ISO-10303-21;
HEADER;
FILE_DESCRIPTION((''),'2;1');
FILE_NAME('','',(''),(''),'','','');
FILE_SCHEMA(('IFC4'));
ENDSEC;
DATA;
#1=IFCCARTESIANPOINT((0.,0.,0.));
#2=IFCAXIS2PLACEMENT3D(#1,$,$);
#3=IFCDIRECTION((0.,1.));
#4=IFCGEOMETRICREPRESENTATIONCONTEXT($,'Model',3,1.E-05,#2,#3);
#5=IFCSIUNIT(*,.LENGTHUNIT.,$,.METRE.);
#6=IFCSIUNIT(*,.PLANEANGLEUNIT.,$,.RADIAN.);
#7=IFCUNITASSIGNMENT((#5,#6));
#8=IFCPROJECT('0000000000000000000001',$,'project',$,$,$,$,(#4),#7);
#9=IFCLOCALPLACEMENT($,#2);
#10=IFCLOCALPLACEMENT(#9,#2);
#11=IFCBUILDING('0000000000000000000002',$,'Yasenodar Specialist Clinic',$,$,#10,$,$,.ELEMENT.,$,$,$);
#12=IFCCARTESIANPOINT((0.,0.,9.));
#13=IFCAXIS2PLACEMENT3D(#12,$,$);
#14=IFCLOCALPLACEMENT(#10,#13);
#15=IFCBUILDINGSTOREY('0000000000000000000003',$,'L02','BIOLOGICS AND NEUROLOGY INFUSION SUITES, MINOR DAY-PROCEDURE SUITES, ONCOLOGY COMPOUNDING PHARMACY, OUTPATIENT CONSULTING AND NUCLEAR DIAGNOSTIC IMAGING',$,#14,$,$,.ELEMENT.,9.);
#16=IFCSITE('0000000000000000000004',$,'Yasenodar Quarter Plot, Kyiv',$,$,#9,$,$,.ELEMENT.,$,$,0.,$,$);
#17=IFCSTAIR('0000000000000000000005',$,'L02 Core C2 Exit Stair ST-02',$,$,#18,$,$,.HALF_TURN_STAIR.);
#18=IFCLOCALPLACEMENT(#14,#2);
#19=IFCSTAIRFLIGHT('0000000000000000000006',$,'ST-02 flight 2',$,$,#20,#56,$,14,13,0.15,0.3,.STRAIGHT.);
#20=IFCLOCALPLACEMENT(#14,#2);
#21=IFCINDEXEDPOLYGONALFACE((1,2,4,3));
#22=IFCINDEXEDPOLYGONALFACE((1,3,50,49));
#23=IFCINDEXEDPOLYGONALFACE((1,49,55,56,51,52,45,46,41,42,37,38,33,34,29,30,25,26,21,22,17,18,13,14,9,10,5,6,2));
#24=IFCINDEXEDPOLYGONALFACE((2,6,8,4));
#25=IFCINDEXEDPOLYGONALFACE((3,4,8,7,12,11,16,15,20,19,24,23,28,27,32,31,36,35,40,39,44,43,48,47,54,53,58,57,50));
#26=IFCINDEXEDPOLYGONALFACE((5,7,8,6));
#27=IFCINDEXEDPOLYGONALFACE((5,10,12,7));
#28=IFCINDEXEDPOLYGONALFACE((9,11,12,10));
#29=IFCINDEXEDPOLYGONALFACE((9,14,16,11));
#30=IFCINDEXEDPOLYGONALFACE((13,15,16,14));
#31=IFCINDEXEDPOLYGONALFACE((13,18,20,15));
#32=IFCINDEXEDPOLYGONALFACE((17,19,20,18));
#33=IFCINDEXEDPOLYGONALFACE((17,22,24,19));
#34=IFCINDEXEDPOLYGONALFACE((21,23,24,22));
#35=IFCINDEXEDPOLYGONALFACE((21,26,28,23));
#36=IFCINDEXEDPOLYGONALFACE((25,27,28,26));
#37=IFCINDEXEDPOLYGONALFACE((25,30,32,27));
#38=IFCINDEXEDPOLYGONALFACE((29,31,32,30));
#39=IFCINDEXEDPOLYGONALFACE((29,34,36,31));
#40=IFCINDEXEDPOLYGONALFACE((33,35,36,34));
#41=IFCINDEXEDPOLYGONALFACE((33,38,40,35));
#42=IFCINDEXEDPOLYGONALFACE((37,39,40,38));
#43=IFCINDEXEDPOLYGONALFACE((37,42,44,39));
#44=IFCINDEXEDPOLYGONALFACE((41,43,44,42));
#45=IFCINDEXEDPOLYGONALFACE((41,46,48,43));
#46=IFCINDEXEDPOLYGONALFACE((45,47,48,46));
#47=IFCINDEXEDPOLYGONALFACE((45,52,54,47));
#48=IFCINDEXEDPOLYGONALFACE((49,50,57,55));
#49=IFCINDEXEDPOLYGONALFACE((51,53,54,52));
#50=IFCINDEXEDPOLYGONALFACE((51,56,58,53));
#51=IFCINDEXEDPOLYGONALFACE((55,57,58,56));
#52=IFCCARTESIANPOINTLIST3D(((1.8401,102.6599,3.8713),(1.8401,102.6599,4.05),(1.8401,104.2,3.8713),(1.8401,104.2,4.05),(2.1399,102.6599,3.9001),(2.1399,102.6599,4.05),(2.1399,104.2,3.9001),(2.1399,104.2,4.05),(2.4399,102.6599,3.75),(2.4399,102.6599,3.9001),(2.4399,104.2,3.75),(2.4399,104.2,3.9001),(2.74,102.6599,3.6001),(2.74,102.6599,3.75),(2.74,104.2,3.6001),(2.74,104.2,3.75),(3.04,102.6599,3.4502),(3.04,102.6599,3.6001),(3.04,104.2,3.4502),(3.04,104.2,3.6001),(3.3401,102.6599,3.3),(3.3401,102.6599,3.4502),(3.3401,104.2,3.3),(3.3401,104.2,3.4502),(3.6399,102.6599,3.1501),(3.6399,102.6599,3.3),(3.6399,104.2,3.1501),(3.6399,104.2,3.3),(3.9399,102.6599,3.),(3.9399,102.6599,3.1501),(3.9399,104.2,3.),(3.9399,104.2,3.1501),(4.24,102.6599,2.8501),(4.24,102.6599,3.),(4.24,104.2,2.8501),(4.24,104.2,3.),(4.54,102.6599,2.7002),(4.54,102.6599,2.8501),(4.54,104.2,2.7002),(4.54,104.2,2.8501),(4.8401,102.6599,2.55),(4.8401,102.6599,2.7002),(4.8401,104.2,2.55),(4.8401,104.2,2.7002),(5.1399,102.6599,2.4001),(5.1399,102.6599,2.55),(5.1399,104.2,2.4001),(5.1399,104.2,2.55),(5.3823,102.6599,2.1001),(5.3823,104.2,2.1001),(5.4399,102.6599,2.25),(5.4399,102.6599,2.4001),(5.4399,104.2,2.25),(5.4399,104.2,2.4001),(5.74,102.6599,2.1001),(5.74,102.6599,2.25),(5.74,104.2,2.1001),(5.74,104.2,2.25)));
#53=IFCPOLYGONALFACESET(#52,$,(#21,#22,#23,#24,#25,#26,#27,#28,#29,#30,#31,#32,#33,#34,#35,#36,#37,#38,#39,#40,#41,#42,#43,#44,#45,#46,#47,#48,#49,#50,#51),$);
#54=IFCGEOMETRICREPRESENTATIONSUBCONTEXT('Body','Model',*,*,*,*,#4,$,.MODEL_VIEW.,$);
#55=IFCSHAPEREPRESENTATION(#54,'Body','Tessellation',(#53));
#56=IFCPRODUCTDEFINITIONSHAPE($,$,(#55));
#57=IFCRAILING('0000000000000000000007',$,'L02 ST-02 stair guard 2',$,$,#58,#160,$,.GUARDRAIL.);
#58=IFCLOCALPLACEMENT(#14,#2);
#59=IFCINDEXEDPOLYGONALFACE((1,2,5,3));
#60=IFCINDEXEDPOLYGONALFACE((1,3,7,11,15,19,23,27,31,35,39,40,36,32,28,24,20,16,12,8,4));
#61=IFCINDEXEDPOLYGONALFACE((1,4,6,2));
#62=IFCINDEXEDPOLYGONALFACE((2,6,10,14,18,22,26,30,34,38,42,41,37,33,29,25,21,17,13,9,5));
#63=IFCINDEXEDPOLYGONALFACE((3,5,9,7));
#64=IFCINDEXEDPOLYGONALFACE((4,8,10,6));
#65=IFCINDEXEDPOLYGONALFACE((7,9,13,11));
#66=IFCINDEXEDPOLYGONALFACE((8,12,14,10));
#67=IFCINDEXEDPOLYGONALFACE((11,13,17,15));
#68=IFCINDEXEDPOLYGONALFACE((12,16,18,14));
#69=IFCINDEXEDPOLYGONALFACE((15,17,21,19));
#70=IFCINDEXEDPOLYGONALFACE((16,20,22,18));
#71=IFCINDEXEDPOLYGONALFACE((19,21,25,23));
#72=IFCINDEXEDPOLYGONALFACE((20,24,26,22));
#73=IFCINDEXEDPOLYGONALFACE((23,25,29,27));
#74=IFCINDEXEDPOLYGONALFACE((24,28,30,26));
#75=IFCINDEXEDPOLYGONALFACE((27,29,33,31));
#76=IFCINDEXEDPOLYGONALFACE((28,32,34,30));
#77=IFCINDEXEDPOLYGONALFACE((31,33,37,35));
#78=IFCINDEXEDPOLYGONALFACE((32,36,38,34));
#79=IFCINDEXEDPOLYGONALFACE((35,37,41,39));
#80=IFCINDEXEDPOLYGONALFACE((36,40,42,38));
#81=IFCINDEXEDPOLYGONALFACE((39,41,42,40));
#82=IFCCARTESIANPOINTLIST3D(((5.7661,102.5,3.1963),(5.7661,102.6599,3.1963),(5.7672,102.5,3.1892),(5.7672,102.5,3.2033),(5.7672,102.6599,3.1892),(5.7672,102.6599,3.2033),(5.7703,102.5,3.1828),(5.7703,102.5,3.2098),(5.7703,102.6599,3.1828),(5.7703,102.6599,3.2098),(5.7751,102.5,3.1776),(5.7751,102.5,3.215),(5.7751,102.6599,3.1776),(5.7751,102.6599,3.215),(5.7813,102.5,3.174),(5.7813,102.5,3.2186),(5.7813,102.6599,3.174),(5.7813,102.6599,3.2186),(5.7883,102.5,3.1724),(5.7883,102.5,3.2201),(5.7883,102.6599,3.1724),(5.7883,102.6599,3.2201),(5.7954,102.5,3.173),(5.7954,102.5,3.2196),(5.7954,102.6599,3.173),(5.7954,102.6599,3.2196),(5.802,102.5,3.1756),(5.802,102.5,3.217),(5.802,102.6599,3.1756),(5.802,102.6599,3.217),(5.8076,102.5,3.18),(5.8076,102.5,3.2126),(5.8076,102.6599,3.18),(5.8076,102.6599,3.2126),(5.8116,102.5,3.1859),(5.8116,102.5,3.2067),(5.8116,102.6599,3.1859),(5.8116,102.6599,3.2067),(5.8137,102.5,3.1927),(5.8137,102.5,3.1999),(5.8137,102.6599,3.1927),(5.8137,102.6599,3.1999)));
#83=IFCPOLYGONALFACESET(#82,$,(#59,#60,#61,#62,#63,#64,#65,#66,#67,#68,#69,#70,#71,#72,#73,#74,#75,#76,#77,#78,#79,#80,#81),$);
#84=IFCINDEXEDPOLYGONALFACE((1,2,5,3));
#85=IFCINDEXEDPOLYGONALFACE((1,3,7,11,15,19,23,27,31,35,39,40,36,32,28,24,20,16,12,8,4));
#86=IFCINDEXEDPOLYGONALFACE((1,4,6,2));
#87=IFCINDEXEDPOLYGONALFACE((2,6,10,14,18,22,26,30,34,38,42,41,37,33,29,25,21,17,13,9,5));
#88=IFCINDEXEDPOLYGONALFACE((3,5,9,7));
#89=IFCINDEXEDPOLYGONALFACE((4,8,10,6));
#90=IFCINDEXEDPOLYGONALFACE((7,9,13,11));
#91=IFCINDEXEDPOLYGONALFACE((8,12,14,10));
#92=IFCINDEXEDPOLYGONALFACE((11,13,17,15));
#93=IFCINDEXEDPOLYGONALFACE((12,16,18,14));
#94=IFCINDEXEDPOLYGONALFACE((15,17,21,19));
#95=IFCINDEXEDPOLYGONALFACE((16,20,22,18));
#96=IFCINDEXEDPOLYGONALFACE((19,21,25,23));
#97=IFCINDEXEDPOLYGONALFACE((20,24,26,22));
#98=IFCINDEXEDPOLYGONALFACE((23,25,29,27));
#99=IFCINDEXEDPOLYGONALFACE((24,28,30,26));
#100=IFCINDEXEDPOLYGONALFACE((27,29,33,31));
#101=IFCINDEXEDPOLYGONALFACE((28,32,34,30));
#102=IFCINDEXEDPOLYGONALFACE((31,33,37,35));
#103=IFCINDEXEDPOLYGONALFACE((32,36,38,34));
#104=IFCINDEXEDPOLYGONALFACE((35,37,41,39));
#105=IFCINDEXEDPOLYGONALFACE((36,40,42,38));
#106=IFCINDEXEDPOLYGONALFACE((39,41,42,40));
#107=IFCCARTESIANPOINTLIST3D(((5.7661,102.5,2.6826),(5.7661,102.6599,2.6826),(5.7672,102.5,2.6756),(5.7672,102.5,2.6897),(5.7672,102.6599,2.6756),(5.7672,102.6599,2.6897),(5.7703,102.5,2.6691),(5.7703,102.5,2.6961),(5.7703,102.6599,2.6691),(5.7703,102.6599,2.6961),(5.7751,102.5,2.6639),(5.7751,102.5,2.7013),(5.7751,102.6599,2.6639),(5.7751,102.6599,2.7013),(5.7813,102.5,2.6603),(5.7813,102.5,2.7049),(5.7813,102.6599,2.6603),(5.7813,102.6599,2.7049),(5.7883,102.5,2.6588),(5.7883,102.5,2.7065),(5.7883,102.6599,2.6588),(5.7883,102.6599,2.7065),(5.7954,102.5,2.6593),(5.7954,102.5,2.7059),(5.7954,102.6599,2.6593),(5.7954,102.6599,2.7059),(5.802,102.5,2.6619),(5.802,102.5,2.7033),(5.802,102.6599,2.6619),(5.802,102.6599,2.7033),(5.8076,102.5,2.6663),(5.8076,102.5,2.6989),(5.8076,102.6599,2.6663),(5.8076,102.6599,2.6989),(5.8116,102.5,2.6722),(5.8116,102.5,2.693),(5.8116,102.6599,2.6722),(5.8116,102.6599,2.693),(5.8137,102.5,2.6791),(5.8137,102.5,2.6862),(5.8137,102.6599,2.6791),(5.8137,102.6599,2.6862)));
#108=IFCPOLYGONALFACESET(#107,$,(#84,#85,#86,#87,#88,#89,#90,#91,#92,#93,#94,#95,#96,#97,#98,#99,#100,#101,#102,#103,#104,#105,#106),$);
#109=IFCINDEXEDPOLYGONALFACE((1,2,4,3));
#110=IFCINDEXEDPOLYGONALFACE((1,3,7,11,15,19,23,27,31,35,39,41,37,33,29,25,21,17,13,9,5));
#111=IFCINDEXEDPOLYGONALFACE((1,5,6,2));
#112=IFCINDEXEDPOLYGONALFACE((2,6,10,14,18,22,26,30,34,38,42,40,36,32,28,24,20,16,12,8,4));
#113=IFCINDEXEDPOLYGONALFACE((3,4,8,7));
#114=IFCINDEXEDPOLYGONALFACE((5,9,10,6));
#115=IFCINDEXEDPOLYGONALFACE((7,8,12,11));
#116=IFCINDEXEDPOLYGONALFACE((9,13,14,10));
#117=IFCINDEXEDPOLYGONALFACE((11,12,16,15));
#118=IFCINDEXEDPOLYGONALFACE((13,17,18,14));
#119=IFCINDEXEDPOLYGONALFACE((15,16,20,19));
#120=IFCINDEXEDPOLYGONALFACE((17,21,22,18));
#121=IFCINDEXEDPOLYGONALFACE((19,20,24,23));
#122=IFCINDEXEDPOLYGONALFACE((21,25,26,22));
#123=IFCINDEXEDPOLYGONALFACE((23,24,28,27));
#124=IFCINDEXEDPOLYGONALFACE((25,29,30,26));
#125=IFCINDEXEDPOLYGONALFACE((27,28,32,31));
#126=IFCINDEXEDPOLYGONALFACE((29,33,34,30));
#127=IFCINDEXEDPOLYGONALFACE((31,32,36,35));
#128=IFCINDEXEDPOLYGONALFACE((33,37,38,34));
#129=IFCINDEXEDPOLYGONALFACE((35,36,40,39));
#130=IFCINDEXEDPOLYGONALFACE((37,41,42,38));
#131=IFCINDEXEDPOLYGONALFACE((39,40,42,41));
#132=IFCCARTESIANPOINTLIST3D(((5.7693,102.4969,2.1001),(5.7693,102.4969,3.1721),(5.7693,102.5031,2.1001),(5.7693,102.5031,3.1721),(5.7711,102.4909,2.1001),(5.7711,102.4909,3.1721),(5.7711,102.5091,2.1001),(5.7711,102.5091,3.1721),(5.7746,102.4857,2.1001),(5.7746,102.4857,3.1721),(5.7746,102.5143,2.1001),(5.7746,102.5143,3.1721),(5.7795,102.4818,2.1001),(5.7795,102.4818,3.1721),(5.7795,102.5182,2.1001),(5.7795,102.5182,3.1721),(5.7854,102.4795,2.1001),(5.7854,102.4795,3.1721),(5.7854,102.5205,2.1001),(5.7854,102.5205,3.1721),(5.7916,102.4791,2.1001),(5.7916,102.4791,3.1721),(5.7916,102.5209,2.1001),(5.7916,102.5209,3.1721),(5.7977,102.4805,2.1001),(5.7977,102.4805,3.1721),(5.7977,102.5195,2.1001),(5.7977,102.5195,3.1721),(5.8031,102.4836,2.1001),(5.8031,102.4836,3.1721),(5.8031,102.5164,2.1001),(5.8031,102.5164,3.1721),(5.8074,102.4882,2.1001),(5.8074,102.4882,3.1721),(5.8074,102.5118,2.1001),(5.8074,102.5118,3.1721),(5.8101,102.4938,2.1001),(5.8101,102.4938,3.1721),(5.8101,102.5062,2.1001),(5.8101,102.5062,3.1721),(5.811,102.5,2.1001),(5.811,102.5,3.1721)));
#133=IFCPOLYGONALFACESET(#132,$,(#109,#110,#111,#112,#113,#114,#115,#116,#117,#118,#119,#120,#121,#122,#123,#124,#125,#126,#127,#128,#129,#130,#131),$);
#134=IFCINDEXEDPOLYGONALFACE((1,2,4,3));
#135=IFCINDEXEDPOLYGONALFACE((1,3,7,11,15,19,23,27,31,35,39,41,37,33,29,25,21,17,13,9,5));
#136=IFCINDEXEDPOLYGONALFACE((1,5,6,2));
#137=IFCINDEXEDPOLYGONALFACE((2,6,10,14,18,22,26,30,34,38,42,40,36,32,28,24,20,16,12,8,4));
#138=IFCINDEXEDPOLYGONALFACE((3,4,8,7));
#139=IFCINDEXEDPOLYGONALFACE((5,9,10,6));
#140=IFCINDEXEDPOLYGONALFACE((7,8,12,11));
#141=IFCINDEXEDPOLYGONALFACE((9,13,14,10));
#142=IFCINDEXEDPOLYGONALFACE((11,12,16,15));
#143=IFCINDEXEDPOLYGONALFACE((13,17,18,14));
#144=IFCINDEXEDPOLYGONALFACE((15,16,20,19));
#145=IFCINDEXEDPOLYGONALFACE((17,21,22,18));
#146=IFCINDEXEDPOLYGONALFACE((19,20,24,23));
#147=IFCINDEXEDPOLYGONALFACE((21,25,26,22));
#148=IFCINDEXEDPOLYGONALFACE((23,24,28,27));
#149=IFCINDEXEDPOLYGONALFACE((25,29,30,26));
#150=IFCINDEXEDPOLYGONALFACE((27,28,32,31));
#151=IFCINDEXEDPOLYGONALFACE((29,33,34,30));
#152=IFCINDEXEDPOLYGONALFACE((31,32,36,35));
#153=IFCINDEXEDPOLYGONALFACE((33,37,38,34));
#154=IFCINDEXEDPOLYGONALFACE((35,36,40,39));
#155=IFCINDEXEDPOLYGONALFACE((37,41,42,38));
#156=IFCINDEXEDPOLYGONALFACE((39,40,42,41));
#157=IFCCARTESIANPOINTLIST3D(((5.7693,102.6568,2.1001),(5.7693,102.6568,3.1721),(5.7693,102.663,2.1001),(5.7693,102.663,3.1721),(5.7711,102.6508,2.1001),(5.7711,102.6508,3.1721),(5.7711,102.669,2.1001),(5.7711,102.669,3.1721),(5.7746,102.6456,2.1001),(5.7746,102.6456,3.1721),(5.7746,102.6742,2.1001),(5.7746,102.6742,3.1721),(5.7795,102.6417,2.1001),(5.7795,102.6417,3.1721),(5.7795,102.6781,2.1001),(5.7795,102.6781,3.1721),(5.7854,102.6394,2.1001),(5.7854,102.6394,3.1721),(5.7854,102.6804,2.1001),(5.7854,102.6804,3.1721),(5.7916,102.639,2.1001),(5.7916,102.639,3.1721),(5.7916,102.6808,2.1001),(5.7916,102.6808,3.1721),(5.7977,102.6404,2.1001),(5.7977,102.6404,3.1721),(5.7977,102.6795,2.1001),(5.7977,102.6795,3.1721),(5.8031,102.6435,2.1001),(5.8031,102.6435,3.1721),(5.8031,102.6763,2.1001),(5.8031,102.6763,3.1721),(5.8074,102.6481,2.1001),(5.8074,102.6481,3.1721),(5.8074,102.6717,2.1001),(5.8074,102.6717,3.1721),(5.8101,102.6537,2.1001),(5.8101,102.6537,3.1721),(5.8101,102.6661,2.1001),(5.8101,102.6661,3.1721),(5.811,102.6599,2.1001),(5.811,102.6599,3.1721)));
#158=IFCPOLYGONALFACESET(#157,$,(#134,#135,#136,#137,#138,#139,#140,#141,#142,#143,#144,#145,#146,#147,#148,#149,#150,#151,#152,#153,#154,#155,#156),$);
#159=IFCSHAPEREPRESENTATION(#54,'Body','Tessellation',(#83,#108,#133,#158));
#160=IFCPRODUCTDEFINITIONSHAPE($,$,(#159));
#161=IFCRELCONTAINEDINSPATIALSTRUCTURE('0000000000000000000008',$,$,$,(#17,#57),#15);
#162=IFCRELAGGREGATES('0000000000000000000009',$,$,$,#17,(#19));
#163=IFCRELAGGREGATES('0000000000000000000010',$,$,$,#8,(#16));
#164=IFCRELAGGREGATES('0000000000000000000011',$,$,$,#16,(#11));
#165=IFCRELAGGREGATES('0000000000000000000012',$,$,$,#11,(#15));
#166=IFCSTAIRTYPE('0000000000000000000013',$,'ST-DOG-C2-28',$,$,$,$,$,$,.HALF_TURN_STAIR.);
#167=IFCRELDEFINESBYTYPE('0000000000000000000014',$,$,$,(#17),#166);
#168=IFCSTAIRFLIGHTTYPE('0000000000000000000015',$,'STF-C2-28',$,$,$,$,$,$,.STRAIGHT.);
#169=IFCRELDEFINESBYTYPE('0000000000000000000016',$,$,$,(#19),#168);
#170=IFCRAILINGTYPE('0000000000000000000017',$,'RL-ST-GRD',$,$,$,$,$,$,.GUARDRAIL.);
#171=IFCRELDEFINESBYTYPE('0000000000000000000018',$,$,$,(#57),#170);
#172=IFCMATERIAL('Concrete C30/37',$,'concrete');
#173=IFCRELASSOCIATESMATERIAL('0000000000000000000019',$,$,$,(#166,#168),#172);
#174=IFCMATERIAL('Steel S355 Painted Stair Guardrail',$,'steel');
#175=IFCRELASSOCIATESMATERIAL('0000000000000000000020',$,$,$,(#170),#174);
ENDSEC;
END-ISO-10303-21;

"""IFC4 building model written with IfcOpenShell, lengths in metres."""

from ifc_helpers import new_model, si_unit, direction, frame, origin, origin_2d, place, context, subcontext, project, spatial, polyline, circle, outline, extrude, material, type_object, element, aggregate, save


model = new_model("IFC4")

# Units and contexts
model_context = context("Model", 3, precision=1e-05, world=origin(), true_north=direction((0.0, 1.0)))
body_context = subcontext(model_context, "Body", "Model", "MODEL_VIEW")
ifc_project = project(units=[si_unit("LENGTHUNIT", "METRE"), si_unit("PLANEANGLEUNIT", "RADIAN")], contexts=[model_context])

# Site, building, storey
site_placement = place(None, origin())
site = spatial("IfcSite", under=ifc_project, at=site_placement, Name="Yasenodar Quarter Plot, Kyiv", CompositionType="ELEMENT", RefElevation=0.0)
building_placement = place(site_placement, origin())
building = spatial("IfcBuilding", under=site, at=building_placement, Name="Yasenodar Specialist Clinic", CompositionType="ELEMENT")
storey_placement = place(building_placement, frame((0.0, 0.0, 9.0)))
storey = spatial("IfcBuildingStorey", under=building, at=storey_placement, Name="L02", Description="BIOLOGICS AND NEUROLOGY INFUSION SUITES, MINOR DAY-PROCEDURE SUITES, ONCOLOGY COMPOUNDING PHARMACY, OUTPATIENT CONSULTING AND NUCLEAR DIAGNOSTIC IMAGING", CompositionType="ELEMENT", Elevation=9.0)

# Stair, stair flight
ifc_material_1 = material(Name="Concrete C30/37", Category="concrete")
stair_type = type_object("IfcStairType", Name="ST-DOG-C2-28", PredefinedType="HALF_TURN_STAIR", material=ifc_material_1)
stair_placement = place(storey_placement, origin())
stair = element("IfcStair", 1, at=stair_placement, inside=storey, type_object=stair_type, Name="L02 Core C2 Exit Stair ST-02", PredefinedType="HALF_TURN_STAIR")
stair_flight_type = type_object("IfcStairFlightType", Name="STF-C2-28", PredefinedType="STRAIGHT", material=ifc_material_1)
stair_flight_placement = place(storey_placement, frame((5.74, 103.4299, 2.1001), z_axis=(0.0, 0.0, 1.0), x_axis=(-1.0, 0.0, 0.0)))
stair_flight = element("IfcStairFlight", 2, at=stair_flight_placement, type_object=stair_flight_type, Name="ST-02 flight 2", NumberOfRisers=14, NumberOfTreads=13, PredefinedType="STRAIGHT", RiserHeight=0.15, TreadLength=0.3, context=body_context, shape_type="SweptSolid", body=[
    extrude(outline(polyline([(0.0, 0.0), (0.0, 0.1499), (0.3, 0.1499), (0.3, 0.3), (0.6001, 0.3), (0.6001, 0.45), (0.8999, 0.45), (0.8999, 0.6001), (1.2, 0.6001), (1.2, 0.75), (1.5, 0.75), (1.5, 0.8999), (1.8, 0.8999), (1.8, 1.05), (2.1001, 1.05), (2.1001, 1.2), (2.3999, 1.2), (2.3999, 1.3501), (2.7, 1.3501), (2.7, 1.5), (3.0, 1.5), (3.0, 1.6499), (3.3, 1.6499), (3.3, 1.8), (3.6001, 1.8), (3.6001, 1.95), (3.8999, 1.95), (3.8999, 2.1001), (3.8999, 1.7712), (0.3577, 0.0), (0.0, 0.0)])), frame((0.0, 0.77, 0.0), z_axis=(0.0, -1.0, 0.0), x_axis=(1.0, 0.0, 0.0)), (0.0, 0.0, 1.0), 1.54),
])
aggregate(stair, [stair_flight])

# Railing
ifc_material_2 = material(Name="Steel S355 Painted Stair Guardrail", Category="steel")
railing_type_1 = type_object("IfcRailingType", Name="RL-ST-GRD", PredefinedType="GUARDRAIL", material=ifc_material_2)
railing_1_placement = place(storey_placement, frame((5.79, 102.5, 2.1001)))
element("IfcRailing", 3, at=railing_1_placement, inside=storey, type_object=railing_type_1, Name="L02 ST-02 stair guard 2", PredefinedType="GUARDRAIL", context=body_context, shape_type="SweptSolid", body=[
    extrude(circle(Radius=0.0239, at=origin_2d()), frame((0.0, 0.0, 1.0962), z_axis=(0.0, 1.0, 0.0), x_axis=(-1.0, 0.0, 0.0)), (0.0, 0.0, 1.0), 0.1599),
    extrude(circle(Radius=0.0239, at=origin_2d()), frame((0.0, 0.0, 0.5825), z_axis=(0.0, 1.0, 0.0), x_axis=(-1.0, 0.0, 0.0)), (0.0, 0.0, 1.0), 0.1599),
    extrude(circle(Radius=0.021, at=origin_2d()), origin(), (0.0, 0.0, 1.0), 1.072),
    extrude(circle(Radius=0.021, at=origin_2d()), frame((0.0, 0.1599, 0.0)), (0.0, 0.0, 1.0), 1.072),
])

save(model, "model.ifc")
